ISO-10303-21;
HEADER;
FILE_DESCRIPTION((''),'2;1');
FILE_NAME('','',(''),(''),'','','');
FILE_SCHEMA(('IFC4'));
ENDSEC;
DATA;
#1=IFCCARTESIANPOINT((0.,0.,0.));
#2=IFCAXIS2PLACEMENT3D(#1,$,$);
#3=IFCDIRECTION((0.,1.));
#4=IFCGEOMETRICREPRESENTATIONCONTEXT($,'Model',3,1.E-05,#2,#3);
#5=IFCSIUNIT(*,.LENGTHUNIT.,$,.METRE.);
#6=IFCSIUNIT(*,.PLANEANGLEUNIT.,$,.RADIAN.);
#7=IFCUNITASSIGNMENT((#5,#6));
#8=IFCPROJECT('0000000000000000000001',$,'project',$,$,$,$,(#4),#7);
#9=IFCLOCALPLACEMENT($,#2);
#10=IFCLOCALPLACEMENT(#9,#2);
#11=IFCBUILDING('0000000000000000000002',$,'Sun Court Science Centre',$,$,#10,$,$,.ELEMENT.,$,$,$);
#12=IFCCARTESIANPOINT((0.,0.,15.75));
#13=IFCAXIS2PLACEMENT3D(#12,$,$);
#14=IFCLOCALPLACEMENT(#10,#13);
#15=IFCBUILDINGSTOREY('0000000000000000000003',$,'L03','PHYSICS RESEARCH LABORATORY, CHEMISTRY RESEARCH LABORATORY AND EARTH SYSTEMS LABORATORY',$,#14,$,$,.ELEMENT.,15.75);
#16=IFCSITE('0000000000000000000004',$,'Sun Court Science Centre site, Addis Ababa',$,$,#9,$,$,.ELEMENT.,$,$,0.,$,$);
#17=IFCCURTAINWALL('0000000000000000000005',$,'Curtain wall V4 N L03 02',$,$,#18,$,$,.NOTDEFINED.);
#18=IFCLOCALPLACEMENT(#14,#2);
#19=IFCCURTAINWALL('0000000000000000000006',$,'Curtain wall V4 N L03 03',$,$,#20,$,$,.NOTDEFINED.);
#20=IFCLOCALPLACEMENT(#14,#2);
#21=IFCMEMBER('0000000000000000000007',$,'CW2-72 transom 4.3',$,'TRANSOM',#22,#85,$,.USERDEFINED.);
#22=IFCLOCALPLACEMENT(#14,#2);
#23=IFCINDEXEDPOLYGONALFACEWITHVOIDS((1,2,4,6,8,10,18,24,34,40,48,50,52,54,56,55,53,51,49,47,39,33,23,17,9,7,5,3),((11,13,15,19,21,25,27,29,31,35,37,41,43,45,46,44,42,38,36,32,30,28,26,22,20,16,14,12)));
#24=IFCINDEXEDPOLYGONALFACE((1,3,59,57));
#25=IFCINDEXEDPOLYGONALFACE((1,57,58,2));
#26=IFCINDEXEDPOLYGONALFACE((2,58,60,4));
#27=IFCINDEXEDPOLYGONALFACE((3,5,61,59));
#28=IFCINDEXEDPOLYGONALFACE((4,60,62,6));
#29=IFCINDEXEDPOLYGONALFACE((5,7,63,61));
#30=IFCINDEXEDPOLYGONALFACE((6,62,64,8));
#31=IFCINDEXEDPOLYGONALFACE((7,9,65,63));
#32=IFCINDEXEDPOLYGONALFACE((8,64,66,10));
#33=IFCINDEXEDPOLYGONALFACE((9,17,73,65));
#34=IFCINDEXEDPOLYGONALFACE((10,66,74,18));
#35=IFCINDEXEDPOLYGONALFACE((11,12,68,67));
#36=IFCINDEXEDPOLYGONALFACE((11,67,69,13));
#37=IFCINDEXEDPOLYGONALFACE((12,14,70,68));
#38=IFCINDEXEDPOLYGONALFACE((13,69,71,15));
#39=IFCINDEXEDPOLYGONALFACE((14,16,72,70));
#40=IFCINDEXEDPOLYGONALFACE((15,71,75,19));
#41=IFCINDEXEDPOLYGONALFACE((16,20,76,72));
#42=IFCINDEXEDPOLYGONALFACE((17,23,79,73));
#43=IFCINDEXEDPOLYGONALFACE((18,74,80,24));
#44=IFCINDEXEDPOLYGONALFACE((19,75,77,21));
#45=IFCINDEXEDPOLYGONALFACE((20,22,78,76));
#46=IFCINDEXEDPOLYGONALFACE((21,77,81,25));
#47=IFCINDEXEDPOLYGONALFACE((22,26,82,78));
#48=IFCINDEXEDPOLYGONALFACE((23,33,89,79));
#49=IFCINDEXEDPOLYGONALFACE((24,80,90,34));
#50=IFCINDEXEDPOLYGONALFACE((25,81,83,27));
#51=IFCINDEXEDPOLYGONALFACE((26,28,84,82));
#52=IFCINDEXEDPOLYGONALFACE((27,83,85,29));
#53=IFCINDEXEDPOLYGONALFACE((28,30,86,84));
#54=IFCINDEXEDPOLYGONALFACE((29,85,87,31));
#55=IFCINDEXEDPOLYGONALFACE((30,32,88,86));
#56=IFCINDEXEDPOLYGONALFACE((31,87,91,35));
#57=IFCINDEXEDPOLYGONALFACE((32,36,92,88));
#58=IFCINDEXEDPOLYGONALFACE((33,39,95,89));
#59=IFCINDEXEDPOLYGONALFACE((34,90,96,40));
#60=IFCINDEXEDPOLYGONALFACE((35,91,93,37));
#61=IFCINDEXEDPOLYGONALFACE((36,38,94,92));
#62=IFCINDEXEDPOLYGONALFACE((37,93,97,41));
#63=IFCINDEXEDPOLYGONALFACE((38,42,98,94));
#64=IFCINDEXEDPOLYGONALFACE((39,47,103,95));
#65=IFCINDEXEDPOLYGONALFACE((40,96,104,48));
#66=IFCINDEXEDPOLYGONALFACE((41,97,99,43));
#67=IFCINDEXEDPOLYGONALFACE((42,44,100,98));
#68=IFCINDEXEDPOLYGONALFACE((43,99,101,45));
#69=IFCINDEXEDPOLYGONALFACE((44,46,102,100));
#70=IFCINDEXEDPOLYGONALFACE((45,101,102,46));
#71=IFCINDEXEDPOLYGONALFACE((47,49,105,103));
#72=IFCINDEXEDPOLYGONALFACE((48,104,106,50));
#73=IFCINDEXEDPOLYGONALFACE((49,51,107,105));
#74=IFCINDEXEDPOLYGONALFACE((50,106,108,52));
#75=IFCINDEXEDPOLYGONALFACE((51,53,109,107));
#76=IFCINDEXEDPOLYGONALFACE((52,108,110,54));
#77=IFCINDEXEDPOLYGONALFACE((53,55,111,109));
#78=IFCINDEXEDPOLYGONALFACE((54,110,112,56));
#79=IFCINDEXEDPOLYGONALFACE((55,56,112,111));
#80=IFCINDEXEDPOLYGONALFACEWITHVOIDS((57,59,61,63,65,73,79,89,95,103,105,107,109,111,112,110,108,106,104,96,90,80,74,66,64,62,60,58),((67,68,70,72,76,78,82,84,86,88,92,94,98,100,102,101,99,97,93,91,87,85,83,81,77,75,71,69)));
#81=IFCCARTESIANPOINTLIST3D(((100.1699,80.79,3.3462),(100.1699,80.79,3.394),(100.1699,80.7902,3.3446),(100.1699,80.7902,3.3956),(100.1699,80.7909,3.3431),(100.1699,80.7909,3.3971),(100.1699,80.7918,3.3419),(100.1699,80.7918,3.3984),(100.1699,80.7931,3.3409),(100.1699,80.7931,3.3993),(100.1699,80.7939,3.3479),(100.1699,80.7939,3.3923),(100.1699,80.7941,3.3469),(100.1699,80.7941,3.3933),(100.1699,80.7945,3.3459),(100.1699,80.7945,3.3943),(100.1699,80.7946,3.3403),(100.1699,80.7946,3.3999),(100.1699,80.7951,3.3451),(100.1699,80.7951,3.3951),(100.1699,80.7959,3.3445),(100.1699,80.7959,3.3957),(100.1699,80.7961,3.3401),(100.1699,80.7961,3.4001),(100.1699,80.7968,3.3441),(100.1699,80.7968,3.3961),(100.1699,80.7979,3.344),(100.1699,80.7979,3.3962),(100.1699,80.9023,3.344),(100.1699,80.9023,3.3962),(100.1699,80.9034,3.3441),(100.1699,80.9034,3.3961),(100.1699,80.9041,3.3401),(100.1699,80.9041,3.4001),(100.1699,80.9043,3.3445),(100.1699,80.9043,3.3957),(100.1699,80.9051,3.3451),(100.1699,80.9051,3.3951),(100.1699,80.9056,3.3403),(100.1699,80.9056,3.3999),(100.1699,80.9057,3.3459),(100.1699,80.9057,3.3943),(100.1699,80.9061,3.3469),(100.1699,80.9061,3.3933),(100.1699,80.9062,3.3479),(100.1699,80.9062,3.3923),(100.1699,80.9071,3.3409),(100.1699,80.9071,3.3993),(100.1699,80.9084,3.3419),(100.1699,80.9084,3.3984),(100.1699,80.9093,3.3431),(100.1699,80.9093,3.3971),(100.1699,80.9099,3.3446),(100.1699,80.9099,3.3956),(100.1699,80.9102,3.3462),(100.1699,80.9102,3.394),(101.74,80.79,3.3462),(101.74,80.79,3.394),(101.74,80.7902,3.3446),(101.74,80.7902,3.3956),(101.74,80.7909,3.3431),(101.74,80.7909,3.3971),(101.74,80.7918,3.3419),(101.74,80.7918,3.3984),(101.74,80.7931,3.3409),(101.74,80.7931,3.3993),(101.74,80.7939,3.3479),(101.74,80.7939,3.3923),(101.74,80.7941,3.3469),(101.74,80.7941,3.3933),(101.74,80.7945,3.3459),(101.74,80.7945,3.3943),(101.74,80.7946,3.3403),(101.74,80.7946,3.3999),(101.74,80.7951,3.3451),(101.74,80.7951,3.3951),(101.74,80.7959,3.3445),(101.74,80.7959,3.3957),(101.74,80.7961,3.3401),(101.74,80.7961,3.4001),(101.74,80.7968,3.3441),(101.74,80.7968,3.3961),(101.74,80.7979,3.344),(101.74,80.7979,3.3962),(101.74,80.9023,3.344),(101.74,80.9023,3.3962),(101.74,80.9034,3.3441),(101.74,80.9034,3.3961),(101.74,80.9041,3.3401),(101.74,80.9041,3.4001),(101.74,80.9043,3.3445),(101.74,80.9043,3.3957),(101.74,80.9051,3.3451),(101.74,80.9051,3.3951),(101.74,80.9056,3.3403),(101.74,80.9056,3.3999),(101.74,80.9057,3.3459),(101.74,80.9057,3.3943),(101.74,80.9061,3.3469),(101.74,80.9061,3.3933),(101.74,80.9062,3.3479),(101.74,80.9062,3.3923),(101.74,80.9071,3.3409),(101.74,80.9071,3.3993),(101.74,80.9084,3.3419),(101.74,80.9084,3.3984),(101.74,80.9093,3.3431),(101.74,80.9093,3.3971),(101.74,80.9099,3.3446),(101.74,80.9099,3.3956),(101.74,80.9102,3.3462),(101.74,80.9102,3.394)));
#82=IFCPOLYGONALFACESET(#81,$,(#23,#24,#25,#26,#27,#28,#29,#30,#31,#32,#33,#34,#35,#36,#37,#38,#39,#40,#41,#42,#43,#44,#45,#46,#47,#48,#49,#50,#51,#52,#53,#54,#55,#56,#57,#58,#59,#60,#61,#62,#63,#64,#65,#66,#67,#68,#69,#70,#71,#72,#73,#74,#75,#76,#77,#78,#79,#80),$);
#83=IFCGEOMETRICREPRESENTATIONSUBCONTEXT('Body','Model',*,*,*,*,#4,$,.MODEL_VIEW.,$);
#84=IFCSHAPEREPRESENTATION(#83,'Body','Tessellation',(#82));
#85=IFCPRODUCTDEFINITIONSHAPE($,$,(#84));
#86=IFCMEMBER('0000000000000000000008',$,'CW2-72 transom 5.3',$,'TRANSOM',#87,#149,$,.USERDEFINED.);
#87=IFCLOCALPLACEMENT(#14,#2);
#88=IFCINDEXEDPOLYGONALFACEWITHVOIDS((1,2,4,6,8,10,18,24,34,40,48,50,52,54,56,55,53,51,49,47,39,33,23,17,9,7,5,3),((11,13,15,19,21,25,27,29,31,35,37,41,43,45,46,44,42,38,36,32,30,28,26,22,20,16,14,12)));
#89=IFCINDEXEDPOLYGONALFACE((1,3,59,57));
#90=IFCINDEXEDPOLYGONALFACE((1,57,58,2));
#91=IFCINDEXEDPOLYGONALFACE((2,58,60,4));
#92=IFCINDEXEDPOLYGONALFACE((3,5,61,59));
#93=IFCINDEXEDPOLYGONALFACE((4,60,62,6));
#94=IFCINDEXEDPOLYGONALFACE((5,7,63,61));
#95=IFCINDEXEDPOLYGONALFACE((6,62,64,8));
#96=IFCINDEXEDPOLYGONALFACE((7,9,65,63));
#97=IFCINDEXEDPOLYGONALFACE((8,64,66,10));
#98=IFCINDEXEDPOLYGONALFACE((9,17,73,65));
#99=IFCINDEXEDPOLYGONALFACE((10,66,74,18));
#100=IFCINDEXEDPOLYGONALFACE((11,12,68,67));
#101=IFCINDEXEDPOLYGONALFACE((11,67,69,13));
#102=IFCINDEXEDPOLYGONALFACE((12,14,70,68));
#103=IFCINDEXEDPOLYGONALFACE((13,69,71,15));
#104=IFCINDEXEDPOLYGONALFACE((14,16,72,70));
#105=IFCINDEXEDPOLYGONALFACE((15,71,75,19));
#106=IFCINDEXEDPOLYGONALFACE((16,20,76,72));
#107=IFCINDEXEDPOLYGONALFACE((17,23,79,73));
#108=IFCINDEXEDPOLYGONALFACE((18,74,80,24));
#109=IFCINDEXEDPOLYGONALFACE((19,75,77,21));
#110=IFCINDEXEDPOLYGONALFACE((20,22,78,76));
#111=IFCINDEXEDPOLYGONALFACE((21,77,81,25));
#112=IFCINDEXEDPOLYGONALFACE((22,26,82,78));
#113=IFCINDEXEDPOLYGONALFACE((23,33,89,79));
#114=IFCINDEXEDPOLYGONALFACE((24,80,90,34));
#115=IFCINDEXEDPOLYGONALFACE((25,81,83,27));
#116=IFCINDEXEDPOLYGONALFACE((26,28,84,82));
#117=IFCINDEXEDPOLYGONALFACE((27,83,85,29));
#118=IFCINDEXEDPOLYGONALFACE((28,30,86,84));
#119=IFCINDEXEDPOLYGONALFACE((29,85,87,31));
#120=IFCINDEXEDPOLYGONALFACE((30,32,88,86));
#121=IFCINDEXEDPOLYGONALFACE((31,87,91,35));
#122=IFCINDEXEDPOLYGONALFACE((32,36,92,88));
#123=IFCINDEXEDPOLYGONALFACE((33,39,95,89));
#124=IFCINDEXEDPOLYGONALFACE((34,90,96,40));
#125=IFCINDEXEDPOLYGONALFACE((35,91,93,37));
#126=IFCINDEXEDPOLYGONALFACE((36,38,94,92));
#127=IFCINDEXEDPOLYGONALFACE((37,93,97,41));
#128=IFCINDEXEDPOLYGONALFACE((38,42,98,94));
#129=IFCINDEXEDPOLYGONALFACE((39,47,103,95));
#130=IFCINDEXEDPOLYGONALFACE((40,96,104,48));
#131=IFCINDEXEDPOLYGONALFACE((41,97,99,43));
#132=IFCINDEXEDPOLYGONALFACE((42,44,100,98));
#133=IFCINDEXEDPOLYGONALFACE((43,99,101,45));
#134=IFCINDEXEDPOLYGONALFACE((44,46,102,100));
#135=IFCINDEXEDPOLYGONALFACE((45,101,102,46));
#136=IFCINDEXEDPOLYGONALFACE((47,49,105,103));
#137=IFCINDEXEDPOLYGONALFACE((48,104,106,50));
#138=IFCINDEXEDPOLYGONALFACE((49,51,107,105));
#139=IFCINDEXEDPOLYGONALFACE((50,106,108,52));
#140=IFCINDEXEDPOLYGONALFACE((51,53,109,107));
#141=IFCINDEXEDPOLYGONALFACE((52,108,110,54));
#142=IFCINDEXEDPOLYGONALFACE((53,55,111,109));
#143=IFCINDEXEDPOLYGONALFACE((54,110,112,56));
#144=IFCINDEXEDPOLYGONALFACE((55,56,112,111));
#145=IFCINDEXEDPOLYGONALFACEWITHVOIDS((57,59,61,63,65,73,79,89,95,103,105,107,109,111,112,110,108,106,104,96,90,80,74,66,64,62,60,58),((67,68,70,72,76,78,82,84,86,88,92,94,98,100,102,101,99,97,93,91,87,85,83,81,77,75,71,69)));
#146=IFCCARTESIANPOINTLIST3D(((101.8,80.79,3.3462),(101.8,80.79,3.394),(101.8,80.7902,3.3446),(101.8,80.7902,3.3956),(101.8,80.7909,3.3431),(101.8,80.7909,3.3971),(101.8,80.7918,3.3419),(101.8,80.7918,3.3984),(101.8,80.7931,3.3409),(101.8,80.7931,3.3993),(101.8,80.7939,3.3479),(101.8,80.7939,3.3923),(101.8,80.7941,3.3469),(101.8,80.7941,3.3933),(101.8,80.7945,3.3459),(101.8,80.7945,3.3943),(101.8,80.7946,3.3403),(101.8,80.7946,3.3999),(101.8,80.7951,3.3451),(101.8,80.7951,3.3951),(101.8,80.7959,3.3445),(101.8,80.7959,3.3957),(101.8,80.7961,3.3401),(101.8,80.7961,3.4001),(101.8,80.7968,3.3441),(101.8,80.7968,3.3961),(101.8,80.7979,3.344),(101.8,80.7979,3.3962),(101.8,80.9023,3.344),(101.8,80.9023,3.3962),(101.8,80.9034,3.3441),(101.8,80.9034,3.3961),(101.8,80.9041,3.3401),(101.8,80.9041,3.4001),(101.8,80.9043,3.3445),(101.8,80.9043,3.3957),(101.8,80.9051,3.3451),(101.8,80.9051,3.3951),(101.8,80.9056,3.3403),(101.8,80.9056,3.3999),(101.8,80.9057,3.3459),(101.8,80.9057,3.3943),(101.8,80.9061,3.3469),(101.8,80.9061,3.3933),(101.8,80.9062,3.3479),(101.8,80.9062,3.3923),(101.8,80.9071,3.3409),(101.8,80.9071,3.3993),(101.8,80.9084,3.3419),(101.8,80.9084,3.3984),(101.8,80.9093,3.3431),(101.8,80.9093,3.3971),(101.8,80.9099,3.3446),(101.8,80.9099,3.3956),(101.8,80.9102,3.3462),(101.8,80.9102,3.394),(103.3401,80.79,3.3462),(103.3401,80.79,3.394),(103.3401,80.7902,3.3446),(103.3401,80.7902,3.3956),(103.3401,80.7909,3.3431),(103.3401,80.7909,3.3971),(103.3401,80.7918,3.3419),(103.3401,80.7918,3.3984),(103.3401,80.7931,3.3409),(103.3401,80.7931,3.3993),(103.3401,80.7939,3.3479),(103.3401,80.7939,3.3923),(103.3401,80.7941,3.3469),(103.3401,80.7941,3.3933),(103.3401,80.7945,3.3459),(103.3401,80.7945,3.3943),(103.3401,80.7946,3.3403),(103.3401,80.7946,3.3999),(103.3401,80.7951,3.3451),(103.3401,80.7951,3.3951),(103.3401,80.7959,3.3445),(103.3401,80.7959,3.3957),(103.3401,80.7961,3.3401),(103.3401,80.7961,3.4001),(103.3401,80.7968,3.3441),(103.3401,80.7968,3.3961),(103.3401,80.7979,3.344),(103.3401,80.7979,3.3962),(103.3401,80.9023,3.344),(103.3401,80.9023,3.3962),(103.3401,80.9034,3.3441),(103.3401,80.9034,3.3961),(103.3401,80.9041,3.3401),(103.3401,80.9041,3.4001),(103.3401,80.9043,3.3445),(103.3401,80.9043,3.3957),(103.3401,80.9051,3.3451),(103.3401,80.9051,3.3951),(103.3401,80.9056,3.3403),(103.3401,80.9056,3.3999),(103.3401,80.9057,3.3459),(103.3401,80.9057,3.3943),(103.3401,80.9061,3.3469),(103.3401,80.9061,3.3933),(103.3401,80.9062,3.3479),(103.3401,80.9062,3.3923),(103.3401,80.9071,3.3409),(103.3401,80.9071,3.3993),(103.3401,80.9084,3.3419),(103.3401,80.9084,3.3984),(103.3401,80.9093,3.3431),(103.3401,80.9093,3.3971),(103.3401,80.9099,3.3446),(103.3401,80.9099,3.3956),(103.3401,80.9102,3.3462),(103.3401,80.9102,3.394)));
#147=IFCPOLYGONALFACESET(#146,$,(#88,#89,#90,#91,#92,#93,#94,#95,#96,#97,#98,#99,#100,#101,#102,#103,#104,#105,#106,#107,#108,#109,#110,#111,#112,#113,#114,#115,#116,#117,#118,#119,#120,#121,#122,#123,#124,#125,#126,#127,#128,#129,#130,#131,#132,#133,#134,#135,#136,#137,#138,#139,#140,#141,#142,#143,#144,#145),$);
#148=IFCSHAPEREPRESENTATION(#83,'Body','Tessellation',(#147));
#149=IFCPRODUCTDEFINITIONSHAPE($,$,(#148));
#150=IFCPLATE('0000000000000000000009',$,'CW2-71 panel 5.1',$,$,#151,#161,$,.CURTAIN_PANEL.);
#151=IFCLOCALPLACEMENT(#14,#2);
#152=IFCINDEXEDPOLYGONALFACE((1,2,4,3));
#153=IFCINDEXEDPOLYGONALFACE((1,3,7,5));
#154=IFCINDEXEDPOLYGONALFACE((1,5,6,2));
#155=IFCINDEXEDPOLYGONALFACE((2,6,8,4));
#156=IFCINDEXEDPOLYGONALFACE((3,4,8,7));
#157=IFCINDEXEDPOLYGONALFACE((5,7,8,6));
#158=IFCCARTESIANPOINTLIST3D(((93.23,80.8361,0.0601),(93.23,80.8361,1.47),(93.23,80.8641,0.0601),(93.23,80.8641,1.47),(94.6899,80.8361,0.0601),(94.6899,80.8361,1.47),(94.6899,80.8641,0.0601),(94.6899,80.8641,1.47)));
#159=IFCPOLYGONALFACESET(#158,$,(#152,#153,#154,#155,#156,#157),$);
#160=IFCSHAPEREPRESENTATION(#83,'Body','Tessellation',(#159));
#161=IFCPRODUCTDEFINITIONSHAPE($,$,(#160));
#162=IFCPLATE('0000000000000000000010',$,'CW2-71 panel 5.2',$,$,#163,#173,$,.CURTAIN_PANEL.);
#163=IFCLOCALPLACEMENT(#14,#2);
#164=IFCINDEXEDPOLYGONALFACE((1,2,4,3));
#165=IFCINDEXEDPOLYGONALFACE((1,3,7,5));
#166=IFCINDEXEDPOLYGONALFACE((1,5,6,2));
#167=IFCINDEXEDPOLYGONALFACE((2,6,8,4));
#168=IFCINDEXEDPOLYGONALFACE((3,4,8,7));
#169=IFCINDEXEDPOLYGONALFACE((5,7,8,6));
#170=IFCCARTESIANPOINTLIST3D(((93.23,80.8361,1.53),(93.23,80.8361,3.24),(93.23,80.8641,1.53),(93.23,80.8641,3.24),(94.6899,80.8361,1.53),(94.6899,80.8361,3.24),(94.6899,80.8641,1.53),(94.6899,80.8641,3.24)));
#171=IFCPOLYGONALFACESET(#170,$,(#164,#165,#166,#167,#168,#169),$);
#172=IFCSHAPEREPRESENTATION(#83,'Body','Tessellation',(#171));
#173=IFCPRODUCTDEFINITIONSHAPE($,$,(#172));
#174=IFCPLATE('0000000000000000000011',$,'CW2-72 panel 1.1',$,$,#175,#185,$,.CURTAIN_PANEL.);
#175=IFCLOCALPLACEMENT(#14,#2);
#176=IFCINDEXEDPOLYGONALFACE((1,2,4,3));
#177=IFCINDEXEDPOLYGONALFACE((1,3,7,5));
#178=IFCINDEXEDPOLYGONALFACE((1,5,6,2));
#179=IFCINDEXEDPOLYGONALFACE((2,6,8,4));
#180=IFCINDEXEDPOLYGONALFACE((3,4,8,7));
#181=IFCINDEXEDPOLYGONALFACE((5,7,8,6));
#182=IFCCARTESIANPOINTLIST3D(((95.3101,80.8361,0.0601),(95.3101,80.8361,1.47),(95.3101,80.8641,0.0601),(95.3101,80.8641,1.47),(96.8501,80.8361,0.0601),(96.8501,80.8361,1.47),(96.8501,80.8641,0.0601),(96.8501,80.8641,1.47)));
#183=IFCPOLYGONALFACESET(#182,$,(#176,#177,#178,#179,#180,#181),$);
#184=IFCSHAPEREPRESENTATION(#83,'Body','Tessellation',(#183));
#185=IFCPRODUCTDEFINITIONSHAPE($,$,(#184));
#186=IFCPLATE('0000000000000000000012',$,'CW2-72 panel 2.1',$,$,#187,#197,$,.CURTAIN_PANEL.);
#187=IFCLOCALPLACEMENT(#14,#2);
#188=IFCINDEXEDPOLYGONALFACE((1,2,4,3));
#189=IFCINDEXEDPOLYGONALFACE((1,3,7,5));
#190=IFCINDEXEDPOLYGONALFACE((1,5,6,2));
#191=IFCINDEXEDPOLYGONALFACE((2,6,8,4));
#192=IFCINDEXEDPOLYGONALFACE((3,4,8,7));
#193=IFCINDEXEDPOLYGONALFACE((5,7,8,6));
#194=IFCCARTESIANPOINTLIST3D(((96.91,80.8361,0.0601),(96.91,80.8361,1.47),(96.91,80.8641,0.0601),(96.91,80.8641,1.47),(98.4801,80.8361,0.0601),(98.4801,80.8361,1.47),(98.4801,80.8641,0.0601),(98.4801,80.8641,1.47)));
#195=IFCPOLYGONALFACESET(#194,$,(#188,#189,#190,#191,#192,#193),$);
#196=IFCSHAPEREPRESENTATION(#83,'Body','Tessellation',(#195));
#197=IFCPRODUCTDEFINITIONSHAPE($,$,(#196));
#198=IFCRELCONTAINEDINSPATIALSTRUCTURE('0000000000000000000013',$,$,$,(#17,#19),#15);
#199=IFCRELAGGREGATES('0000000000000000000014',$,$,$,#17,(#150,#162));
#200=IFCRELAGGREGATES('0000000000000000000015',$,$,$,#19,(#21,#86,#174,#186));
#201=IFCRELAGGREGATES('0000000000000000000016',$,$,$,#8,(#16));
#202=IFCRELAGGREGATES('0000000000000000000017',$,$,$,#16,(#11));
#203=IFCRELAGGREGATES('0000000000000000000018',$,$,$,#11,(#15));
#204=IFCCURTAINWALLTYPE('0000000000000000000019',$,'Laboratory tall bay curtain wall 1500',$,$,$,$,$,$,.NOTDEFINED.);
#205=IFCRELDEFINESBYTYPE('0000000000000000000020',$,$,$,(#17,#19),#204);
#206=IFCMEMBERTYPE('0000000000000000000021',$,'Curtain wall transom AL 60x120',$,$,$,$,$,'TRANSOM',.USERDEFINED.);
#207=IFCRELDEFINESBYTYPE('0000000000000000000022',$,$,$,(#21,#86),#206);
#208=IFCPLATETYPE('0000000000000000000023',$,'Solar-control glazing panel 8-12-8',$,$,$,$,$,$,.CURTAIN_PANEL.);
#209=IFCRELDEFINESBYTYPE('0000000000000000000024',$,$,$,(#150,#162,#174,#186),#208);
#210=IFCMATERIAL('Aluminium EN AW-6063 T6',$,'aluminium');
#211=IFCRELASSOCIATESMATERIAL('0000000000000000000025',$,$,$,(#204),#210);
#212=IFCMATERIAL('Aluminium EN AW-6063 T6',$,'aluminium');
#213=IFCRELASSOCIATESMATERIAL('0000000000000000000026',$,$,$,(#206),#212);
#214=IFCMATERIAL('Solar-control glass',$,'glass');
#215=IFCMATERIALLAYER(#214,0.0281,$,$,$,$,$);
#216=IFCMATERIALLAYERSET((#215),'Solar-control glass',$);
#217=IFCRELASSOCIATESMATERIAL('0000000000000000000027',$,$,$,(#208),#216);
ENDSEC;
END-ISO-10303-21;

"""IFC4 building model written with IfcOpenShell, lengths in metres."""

from ifc_helpers import new_model, si_unit, direction, frame, origin, origin_2d, place, context, subcontext, project, spatial, rectangle, hollow_rectangle, extrude, material, layer, layer_set, material_profile, profile_set, type_object, element, aggregate, save


model = new_model("IFC4")

# Units and contexts
model_context = context("Model", 3, precision=1e-05, world=origin(), true_north=direction((0.0, 1.0)))
body_context = subcontext(model_context, "Body", "Model", "MODEL_VIEW")
ifc_project = project(units=[si_unit("LENGTHUNIT", "METRE"), si_unit("PLANEANGLEUNIT", "RADIAN")], contexts=[model_context])

# Site, building, storey
site_placement = place(None, origin())
site = spatial("IfcSite", under=ifc_project, at=site_placement, Name="Sun Court Science Centre site, Addis Ababa", CompositionType="ELEMENT", RefElevation=0.0)
building_placement = place(site_placement, origin())
building = spatial("IfcBuilding", under=site, at=building_placement, Name="Sun Court Science Centre", CompositionType="ELEMENT")
storey_placement = place(building_placement, frame((0.0, 0.0, 15.75)))
storey = spatial("IfcBuildingStorey", under=building, at=storey_placement, Name="L03", Description="PHYSICS RESEARCH LABORATORY, CHEMISTRY RESEARCH LABORATORY AND EARTH SYSTEMS LABORATORY", CompositionType="ELEMENT", Elevation=15.75)

# Curtain wall
ifc_material_1 = material(Name="Aluminium EN AW-6063 T6", Category="aluminium")
curtain_wall_type = type_object("IfcCurtainWallType", Name="Laboratory tall bay curtain wall 1500", PredefinedType="NOTDEFINED", material=ifc_material_1)
curtain_wall_1_placement = place(storey_placement, origin())
curtain_wall_1 = element("IfcCurtainWall", 1, at=curtain_wall_1_placement, inside=storey, type_object=curtain_wall_type, Name="Curtain wall V4 N L03 02", PredefinedType="NOTDEFINED")

# Curtain wall
curtain_wall_2_placement = place(storey_placement, origin())
curtain_wall_2 = element("IfcCurtainWall", 2, at=curtain_wall_2_placement, inside=storey, type_object=curtain_wall_type, Name="Curtain wall V4 N L03 03", PredefinedType="NOTDEFINED")

# Members
ifc_material_2 = material(Name="Aluminium EN AW-6063 T6", Category="aluminium")
ifc_material_profile_1 = material_profile(ifc_material_2, hollow_rectangle(XDim=0.0601, YDim=0.1201, WallThickness=0.0039, InnerFilletRadius=0.0039, OuterFilletRadius=0.0061, at=origin_2d()), Name="AL 60x120x4")
ifc_profile_set_1 = profile_set([ifc_material_profile_1], Name="Aluminium EN AW-6063 T6")
member_type_1 = type_object("IfcMemberType", Name="Curtain wall transom AL 60x120", ElementType="TRANSOM", PredefinedType="USERDEFINED", material=ifc_profile_set_1)
member_1_placement = place(storey_placement, frame((100.1699, 80.8501, 3.3701), z_axis=(1.0, 0.0, 0.0), x_axis=(0.0, 0.0, 1.0)))
member_1 = element("IfcMember", 3, at=member_1_placement, type_object=member_type_1, Name="CW2-72 transom 4.3", ObjectType="TRANSOM", PredefinedType="USERDEFINED", context=body_context, shape_type="SweptSolid", body=[
    extrude(hollow_rectangle(XDim=0.0601, YDim=0.1201, WallThickness=0.0039, InnerFilletRadius=0.0039, OuterFilletRadius=0.0061, at=origin_2d()), origin(), (0.0, 0.0, 1.0), 1.5701),
])
member_2_placement = place(storey_placement, frame((101.8, 80.8501, 3.3701), z_axis=(1.0, 0.0, 0.0), x_axis=(0.0, 0.0, 1.0)))
member_2 = element("IfcMember", 4, at=member_2_placement, type_object=member_type_1, Name="CW2-72 transom 5.3", ObjectType="TRANSOM", PredefinedType="USERDEFINED", context=body_context, shape_type="SweptSolid", body=[
    extrude(hollow_rectangle(XDim=0.0601, YDim=0.1201, WallThickness=0.0039, InnerFilletRadius=0.0039, OuterFilletRadius=0.0061, at=origin_2d()), origin(), (0.0, 0.0, 1.0), 1.54),
])

# Plates
ifc_material_3 = material(Name="Solar-control glass", Category="glass")
ifc_layer_1 = layer(ifc_material_3, 0.0281)
ifc_layer_set_1 = layer_set([ifc_layer_1], Name="Solar-control glass")
plate_type = type_object("IfcPlateType", Name="Solar-control glazing panel 8-12-8", PredefinedType="CURTAIN_PANEL", material=ifc_layer_set_1)
plate_1_placement = place(storey_placement, frame((93.96, 80.8501, 0.0601), z_axis=(0.0, 0.0, 1.0), x_axis=(1.0, 0.0, 0.0)))
plate_1 = element("IfcPlate", 5, at=plate_1_placement, type_object=plate_type, Name="CW2-71 panel 5.1", PredefinedType="CURTAIN_PANEL", context=body_context, shape_type="SweptSolid", body=[
    extrude(rectangle(XDim=1.46, YDim=0.0281, at=origin_2d()), origin(), (0.0, 0.0, 1.0), 1.4099),
])
plate_2_placement = place(storey_placement, frame((93.96, 80.8501, 1.53), z_axis=(0.0, 0.0, 1.0), x_axis=(1.0, 0.0, 0.0)))
plate_2 = element("IfcPlate", 6, at=plate_2_placement, type_object=plate_type, Name="CW2-71 panel 5.2", PredefinedType="CURTAIN_PANEL", context=body_context, shape_type="SweptSolid", body=[
    extrude(rectangle(XDim=1.46, YDim=0.0281, at=origin_2d()), origin(), (0.0, 0.0, 1.0), 1.71),
])
aggregate(curtain_wall_1, [plate_1, plate_2])
plate_3_placement = place(storey_placement, frame((96.0801, 80.8501, 0.0601), z_axis=(0.0, 0.0, 1.0), x_axis=(1.0, 0.0, 0.0)))
plate_3 = element("IfcPlate", 7, at=plate_3_placement, type_object=plate_type, Name="CW2-72 panel 1.1", PredefinedType="CURTAIN_PANEL", context=body_context, shape_type="SweptSolid", body=[
    extrude(rectangle(XDim=1.54, YDim=0.0281, at=origin_2d()), origin(), (0.0, 0.0, 1.0), 1.4099),
])
plate_4_placement = place(storey_placement, frame((97.6951, 80.8501, 0.0601), z_axis=(0.0, 0.0, 1.0), x_axis=(1.0, 0.0, 0.0)))
plate_4 = element("IfcPlate", 8, at=plate_4_placement, type_object=plate_type, Name="CW2-72 panel 2.1", PredefinedType="CURTAIN_PANEL", context=body_context, shape_type="SweptSolid", body=[
    extrude(rectangle(XDim=1.5701, YDim=0.0281, at=origin_2d()), origin(), (0.0, 0.0, 1.0), 1.4099),
])
aggregate(curtain_wall_2, [member_1, member_2, plate_3, plate_4])

save(model, "model.ifc")
